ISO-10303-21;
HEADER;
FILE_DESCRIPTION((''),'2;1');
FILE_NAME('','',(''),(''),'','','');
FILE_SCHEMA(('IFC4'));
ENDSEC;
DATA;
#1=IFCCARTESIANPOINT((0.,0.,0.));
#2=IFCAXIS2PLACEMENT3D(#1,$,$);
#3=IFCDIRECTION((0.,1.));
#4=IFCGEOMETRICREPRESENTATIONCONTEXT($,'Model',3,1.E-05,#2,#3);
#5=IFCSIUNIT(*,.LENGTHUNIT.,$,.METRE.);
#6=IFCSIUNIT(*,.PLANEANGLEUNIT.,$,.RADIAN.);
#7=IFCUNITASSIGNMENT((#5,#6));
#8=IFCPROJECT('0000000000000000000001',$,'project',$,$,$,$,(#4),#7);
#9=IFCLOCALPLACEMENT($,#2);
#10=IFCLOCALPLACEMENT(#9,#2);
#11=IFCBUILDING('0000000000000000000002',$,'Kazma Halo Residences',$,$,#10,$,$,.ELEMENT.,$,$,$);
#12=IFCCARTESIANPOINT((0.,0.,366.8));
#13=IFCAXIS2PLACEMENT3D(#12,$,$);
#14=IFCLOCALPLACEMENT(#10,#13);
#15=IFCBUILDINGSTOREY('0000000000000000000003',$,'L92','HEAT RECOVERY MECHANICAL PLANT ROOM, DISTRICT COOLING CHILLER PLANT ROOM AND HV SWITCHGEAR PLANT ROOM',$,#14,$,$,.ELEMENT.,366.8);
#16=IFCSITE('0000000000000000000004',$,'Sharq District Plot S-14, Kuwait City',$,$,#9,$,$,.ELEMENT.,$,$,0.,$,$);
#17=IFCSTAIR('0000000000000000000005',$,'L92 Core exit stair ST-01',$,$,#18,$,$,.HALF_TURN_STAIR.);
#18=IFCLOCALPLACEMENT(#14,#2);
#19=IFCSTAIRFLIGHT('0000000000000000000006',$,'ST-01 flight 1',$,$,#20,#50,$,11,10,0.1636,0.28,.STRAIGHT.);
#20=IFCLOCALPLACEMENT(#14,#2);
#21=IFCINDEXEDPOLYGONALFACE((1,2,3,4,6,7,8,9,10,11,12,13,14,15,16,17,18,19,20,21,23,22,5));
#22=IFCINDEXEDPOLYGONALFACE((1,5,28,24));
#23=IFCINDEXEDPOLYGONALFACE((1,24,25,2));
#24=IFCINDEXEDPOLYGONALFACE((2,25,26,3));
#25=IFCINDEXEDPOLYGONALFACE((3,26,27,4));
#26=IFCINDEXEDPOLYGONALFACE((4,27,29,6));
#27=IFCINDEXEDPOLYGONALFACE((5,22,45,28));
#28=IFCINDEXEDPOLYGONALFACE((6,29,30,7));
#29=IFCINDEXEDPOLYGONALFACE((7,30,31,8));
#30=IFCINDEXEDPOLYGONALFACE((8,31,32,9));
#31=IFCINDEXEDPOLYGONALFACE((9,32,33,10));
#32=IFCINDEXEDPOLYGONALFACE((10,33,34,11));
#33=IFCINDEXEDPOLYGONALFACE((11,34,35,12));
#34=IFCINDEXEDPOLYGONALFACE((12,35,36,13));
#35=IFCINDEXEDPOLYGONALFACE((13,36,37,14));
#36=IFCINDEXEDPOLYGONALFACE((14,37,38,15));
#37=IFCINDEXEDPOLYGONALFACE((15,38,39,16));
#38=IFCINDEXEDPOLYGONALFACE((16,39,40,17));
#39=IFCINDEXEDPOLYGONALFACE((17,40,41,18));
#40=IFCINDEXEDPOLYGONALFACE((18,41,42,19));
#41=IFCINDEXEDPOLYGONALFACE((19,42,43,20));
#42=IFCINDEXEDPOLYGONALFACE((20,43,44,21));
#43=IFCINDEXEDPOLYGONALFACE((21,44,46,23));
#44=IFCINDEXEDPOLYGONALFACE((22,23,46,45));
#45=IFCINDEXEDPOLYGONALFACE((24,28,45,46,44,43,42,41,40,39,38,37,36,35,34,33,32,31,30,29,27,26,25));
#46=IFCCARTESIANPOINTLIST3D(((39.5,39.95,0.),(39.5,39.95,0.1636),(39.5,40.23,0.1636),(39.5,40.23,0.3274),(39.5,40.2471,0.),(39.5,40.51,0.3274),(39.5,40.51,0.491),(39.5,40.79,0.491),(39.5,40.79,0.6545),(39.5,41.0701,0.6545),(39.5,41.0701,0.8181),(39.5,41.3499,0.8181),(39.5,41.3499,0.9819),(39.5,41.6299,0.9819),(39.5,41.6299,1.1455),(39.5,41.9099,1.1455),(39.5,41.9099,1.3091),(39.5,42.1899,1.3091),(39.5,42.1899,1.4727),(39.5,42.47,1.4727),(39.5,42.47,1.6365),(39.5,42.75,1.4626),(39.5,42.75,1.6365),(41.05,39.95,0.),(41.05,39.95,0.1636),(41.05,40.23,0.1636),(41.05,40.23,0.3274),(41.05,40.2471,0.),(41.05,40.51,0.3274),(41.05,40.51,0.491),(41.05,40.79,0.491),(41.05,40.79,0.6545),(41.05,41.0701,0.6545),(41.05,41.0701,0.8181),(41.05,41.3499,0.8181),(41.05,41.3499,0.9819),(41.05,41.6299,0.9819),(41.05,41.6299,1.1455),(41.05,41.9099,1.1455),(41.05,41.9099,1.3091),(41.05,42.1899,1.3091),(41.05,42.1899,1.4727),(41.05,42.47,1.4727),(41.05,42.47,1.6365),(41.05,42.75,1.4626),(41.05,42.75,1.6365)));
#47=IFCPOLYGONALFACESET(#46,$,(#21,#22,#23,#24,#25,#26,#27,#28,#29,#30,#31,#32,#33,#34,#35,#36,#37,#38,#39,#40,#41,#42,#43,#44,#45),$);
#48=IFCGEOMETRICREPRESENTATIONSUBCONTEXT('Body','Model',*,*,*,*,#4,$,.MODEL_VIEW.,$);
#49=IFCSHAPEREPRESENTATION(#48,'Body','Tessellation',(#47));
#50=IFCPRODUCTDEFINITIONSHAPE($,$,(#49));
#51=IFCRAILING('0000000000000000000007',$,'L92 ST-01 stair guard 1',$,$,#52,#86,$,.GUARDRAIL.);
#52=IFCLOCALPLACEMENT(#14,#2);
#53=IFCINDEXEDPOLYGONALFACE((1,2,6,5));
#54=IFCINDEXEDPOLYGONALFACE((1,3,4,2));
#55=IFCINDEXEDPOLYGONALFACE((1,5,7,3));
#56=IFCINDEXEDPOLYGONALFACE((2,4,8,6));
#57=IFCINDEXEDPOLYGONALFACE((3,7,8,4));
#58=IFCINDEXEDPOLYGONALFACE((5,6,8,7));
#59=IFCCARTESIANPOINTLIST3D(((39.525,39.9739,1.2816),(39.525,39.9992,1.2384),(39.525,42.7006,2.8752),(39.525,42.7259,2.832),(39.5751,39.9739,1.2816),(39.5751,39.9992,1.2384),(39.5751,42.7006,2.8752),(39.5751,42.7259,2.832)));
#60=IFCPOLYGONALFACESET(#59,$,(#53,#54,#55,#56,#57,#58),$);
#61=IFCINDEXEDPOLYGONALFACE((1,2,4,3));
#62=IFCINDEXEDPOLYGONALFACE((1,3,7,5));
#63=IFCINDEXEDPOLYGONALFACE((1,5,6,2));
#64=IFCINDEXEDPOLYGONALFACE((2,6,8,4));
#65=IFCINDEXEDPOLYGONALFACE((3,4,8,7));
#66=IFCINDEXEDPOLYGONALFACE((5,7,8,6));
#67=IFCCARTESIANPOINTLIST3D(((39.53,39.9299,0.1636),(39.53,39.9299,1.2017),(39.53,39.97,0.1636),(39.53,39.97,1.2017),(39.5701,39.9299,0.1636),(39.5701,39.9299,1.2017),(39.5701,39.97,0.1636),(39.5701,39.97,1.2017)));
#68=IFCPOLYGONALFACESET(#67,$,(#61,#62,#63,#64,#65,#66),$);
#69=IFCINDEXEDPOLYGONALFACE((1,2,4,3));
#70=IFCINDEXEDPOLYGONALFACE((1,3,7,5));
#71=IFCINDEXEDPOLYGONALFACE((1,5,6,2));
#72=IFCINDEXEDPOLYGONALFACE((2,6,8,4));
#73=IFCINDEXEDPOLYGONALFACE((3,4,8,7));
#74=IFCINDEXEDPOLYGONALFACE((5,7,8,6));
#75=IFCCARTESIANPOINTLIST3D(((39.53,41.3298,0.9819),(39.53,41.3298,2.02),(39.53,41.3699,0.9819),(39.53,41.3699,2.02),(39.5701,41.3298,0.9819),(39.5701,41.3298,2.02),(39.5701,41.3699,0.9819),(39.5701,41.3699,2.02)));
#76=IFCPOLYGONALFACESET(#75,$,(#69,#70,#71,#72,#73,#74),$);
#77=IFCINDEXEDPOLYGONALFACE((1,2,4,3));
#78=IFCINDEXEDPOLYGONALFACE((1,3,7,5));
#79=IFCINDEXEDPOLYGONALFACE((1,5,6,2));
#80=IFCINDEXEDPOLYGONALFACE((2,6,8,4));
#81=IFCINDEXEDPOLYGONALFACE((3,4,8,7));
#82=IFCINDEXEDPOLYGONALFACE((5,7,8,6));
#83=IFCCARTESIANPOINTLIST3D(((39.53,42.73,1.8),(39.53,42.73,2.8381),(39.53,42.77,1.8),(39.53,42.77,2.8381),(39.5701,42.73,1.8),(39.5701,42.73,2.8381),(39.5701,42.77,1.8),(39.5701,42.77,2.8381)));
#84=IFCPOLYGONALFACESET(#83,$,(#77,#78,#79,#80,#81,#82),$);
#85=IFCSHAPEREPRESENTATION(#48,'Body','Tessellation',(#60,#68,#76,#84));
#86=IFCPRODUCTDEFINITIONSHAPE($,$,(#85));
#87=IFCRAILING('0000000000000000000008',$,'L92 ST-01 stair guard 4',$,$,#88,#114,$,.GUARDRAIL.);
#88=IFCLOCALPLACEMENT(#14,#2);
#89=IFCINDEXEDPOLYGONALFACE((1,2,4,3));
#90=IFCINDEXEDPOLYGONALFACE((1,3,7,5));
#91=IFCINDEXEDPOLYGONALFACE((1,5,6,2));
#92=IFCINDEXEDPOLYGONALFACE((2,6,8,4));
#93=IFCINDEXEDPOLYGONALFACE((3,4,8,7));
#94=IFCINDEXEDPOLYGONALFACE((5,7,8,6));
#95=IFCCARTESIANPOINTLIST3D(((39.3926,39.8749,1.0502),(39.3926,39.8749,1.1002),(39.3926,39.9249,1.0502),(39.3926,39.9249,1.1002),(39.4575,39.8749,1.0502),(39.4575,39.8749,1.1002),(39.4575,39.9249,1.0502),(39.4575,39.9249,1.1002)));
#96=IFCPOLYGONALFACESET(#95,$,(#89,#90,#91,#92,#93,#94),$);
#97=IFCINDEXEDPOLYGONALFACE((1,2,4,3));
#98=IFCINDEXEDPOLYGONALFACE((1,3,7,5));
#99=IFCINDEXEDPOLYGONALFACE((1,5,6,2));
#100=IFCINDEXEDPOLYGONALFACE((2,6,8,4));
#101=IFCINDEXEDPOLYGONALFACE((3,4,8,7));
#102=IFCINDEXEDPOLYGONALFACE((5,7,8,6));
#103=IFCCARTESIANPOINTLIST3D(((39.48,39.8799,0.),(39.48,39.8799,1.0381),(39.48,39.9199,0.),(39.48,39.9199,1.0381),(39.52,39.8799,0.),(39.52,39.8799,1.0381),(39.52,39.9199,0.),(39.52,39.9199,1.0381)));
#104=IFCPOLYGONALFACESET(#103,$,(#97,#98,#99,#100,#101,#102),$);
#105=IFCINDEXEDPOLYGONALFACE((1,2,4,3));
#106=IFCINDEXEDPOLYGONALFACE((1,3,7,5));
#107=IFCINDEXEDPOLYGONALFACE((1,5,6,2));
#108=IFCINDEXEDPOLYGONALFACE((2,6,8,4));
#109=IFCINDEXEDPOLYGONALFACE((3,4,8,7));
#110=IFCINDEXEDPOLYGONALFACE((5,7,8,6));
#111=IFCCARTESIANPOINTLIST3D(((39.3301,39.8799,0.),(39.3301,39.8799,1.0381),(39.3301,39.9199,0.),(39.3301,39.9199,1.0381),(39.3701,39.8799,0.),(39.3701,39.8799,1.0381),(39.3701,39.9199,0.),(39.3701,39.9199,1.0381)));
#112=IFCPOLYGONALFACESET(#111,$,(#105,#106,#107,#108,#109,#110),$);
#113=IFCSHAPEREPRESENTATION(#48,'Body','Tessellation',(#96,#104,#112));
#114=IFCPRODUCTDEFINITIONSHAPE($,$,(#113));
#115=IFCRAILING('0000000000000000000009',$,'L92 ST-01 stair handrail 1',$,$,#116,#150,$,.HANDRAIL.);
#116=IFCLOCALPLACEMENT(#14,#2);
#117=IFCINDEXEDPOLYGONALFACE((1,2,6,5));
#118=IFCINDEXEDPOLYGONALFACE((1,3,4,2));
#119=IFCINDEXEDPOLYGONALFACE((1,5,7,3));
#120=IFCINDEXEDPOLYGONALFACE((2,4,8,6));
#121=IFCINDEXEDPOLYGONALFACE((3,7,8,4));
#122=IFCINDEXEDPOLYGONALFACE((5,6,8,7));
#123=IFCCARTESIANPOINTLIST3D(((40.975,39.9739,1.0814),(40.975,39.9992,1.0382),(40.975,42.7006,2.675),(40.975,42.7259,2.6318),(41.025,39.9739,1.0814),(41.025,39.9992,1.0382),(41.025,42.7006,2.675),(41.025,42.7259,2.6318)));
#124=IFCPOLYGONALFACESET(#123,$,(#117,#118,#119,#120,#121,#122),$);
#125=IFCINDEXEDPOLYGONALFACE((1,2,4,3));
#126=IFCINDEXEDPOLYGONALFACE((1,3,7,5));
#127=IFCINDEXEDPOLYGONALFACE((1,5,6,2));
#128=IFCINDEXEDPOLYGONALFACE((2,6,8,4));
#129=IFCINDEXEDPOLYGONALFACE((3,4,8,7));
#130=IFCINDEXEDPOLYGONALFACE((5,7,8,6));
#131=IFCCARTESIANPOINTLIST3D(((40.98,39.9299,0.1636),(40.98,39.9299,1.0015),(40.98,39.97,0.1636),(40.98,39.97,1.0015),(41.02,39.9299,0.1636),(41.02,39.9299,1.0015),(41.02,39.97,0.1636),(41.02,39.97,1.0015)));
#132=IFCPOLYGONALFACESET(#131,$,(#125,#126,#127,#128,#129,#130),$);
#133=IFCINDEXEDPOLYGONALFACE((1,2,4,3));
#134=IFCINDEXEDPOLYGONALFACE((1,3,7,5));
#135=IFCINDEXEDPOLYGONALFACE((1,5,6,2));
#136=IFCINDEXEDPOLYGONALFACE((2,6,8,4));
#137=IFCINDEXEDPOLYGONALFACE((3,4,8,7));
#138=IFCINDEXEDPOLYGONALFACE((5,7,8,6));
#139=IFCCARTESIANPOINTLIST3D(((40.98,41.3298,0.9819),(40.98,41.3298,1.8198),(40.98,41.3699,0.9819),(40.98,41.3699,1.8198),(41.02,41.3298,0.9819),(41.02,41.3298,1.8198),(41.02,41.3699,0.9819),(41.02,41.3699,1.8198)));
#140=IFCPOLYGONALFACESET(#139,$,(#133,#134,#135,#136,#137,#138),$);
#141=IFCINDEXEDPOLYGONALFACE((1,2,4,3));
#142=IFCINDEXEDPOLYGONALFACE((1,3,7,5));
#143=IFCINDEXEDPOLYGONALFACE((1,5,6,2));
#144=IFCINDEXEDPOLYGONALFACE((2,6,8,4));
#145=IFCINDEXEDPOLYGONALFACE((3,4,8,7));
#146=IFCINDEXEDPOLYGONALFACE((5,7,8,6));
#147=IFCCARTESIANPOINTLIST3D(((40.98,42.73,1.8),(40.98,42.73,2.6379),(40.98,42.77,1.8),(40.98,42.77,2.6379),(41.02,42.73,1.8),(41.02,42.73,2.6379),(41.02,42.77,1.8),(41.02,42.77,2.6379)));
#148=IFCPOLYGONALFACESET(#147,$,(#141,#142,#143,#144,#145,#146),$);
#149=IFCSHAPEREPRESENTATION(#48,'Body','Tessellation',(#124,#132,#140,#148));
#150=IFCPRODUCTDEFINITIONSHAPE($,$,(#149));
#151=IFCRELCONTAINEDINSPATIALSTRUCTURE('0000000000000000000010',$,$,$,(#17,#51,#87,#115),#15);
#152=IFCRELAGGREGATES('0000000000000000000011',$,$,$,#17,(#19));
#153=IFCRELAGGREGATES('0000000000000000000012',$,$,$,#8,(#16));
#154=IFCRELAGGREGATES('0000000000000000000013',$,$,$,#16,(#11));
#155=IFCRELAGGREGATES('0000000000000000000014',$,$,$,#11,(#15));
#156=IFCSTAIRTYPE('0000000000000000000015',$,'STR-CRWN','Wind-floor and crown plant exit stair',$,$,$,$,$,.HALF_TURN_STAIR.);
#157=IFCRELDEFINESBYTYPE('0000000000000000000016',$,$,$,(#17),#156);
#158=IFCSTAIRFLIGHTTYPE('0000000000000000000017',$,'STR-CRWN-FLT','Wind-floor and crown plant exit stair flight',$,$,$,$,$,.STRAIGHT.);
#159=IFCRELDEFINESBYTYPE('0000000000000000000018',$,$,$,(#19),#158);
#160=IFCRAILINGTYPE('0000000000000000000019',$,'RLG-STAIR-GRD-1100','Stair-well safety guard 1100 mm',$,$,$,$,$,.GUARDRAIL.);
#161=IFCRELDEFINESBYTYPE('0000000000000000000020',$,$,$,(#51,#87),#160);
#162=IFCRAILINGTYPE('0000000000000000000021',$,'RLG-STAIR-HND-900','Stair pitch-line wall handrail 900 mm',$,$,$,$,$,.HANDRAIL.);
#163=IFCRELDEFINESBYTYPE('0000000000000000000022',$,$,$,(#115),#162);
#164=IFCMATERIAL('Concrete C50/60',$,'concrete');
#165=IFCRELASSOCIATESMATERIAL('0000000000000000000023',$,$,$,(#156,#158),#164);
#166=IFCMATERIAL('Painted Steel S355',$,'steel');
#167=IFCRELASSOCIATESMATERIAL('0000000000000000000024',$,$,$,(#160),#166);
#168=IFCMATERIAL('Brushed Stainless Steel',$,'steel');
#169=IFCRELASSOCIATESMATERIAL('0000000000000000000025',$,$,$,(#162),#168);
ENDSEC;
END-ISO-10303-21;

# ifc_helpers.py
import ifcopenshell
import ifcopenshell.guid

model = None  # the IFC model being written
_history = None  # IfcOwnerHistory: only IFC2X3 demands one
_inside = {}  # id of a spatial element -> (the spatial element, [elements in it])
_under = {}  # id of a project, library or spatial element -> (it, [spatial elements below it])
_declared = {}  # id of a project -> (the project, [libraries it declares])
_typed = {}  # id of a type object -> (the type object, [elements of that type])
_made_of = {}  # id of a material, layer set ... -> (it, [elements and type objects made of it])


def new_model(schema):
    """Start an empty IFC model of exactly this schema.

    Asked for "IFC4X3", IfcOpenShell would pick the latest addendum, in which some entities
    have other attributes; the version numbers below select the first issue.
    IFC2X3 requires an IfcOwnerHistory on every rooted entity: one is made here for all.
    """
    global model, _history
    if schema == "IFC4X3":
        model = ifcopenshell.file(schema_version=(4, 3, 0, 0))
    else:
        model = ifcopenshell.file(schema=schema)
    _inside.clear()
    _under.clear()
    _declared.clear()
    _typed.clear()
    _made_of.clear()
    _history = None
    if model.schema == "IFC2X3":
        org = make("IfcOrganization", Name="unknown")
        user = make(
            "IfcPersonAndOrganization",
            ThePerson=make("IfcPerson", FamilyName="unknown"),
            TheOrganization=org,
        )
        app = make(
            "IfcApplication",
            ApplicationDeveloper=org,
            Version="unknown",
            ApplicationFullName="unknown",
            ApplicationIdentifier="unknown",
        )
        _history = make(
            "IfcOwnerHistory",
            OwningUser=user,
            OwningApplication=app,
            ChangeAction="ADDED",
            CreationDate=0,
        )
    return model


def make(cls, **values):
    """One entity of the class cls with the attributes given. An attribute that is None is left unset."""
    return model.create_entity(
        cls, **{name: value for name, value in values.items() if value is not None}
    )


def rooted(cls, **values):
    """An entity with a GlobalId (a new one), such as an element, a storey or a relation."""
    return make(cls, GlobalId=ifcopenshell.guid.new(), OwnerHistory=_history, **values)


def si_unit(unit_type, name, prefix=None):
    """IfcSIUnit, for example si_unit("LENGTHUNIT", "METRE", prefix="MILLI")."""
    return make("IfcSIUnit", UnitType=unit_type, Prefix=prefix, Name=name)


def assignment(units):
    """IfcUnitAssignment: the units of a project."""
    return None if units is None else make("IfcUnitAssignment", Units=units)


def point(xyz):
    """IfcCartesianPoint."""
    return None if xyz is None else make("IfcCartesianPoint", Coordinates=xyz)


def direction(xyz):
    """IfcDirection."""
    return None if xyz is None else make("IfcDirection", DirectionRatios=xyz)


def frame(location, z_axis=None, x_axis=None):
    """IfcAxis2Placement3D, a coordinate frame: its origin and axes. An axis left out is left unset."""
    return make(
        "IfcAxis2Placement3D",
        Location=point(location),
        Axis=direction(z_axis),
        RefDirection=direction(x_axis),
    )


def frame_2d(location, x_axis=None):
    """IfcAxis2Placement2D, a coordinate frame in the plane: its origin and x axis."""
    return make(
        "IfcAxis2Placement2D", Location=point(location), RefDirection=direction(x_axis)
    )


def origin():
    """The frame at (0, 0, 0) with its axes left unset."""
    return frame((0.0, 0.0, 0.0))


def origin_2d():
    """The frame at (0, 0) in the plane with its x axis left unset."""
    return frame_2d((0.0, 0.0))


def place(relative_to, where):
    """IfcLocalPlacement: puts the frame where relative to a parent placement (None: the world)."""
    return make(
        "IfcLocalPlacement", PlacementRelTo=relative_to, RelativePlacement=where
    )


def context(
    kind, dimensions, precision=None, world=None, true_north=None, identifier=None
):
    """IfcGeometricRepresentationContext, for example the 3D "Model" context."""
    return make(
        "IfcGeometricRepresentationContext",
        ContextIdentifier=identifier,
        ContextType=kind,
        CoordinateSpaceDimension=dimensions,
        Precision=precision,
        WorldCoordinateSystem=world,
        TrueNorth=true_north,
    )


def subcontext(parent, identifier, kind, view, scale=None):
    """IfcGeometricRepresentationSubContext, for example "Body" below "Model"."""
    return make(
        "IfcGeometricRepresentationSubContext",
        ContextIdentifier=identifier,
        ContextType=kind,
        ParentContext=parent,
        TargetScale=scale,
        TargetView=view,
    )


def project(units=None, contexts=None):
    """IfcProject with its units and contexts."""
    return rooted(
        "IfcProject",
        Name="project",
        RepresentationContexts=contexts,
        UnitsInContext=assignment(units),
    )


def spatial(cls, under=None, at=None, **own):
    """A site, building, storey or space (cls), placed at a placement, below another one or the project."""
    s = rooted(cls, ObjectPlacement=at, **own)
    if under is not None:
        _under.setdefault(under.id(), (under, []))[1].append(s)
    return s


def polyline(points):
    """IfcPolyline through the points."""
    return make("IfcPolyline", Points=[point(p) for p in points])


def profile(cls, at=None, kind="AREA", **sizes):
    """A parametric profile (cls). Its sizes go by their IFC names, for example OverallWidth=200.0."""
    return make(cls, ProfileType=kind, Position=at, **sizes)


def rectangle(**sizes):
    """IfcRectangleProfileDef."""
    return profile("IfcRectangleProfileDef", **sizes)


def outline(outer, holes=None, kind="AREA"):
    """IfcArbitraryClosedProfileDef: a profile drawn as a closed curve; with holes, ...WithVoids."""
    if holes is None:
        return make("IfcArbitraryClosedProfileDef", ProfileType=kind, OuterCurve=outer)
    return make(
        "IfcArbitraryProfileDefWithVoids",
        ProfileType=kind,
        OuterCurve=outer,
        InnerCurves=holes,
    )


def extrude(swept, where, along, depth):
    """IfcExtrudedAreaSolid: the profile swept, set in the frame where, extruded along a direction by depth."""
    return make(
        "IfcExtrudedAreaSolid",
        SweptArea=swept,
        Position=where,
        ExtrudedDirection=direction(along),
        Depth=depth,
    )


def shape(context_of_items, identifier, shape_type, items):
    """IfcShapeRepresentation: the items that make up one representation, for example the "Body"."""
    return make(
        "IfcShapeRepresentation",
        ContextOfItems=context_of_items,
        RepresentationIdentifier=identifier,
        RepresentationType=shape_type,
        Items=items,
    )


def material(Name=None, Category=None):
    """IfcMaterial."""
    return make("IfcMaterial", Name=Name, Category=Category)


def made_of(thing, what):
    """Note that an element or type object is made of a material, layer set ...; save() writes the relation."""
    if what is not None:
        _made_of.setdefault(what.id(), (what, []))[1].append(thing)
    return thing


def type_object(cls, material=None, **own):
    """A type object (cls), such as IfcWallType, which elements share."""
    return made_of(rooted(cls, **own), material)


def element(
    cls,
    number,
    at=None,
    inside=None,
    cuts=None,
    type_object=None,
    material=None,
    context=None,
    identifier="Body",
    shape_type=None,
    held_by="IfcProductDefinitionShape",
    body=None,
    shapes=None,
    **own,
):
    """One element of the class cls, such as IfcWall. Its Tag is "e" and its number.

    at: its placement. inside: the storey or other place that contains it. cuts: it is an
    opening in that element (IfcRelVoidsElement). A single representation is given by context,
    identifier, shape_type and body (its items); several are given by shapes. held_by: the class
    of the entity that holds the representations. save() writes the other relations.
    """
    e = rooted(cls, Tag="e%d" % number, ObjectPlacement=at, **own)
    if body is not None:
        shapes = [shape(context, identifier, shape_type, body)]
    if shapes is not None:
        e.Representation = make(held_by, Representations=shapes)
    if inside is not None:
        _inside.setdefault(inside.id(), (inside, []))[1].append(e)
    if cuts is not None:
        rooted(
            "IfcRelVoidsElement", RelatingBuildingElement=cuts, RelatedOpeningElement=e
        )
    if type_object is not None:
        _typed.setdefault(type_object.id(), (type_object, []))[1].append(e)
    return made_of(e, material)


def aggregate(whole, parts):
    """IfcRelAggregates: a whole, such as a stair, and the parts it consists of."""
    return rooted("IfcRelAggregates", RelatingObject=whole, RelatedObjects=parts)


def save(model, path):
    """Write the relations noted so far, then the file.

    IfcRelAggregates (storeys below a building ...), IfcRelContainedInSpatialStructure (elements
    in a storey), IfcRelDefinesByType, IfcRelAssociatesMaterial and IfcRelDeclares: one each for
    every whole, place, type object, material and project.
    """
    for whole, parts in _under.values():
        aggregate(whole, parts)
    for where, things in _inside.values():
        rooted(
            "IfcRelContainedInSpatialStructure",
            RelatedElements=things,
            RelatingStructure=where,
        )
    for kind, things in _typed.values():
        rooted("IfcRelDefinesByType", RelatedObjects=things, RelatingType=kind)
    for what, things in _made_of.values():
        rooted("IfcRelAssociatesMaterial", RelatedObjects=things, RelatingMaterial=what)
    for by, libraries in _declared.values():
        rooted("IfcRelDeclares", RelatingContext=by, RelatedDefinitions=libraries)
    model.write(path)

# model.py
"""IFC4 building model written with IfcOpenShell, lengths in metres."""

from ifc_helpers import new_model, si_unit, direction, frame, origin, origin_2d, place, context, subcontext, project, spatial, polyline, rectangle, outline, extrude, material, type_object, element, aggregate, save


model = new_model("IFC4")

# Units and contexts
model_context = context("Model", 3, precision=1e-05, world=origin(), true_north=direction((0.0, 1.0)))
body_context = subcontext(model_context, "Body", "Model", "MODEL_VIEW")
ifc_project = project(units=[si_unit("LENGTHUNIT", "METRE"), si_unit("PLANEANGLEUNIT", "RADIAN")], contexts=[model_context])

# Site, building, storey
site_placement = place(None, origin())
site = spatial("IfcSite", under=ifc_project, at=site_placement, Name="Sharq District Plot S-14, Kuwait City", CompositionType="ELEMENT", RefElevation=0.0)
building_placement = place(site_placement, origin())
building = spatial("IfcBuilding", under=site, at=building_placement, Name="Kazma Halo Residences", CompositionType="ELEMENT")
storey_placement = place(building_placement, frame((0.0, 0.0, 366.8)))
storey = spatial("IfcBuildingStorey", under=building, at=storey_placement, Name="L92", Description="HEAT RECOVERY MECHANICAL PLANT ROOM, DISTRICT COOLING CHILLER PLANT ROOM AND HV SWITCHGEAR PLANT ROOM", CompositionType="ELEMENT", Elevation=366.8)

# Shared definitions
ifc_material_1 = material(Name="Concrete C50/60", Category="concrete")

# Stair, stair flight
stair_type = type_object("IfcStairType", Name="STR-CRWN", Description="Wind-floor and crown plant exit stair", PredefinedType="HALF_TURN_STAIR", material=ifc_material_1)
stair_placement = place(storey_placement, origin())
stair = element("IfcStair", 1, at=stair_placement, inside=storey, type_object=stair_type, Name="L92 Core exit stair ST-01", PredefinedType="HALF_TURN_STAIR")
stair_flight_type = type_object("IfcStairFlightType", Name="STR-CRWN-FLT", Description="Wind-floor and crown plant exit stair flight", PredefinedType="STRAIGHT", material=ifc_material_1)
stair_flight_placement = place(storey_placement, frame((40.2749, 39.95, 0.0), z_axis=(0.0, 0.0, 1.0), x_axis=(0.0, 1.0, 0.0)))
stair_flight = element("IfcStairFlight", 2, at=stair_flight_placement, type_object=stair_flight_type, Name="ST-01 flight 1", NumberOfRisers=11, NumberOfTreads=10, PredefinedType="STRAIGHT", RiserHeight=0.1636, TreadLength=0.28, context=body_context, shape_type="SweptSolid", body=[
    extrude(outline(polyline([(0.0, 0.0), (0.0, 0.1636), (0.28, 0.1636), (0.28, 0.3274), (0.5601, 0.3274), (0.5601, 0.491), (0.8401, 0.491), (0.8401, 0.6545), (1.1201, 0.6545), (1.1201, 0.8181), (1.3999, 0.8181), (1.3999, 0.9819), (1.6799, 0.9819), (1.6799, 1.1455), (1.96, 1.1455), (1.96, 1.3091), (2.24, 1.3091), (2.24, 1.4727), (2.52, 1.4727), (2.52, 1.6365), (2.8, 1.6365), (2.8, 1.8), (2.8, 1.4626), (0.2971, 0.0), (0.0, 0.0)])), frame((0.0, 0.7749, 0.0), z_axis=(0.0, -1.0, 0.0), x_axis=(1.0, 0.0, 0.0)), (0.0, 0.0, 1.0), 1.55),
])
aggregate(stair, [stair_flight])

# Railings
ifc_material_2 = material(Name="Painted Steel S355", Category="steel")
railing_type_1 = type_object("IfcRailingType", Name="RLG-STAIR-GRD-1100", Description="Stair-well safety guard 1100 mm", PredefinedType="GUARDRAIL", material=ifc_material_2)
railing_1_placement = place(storey_placement, frame((39.55, 39.95, 0.1636)))
element("IfcRailing", 3, at=railing_1_placement, inside=storey, type_object=railing_type_1, Name="L92 ST-01 stair guard 1", PredefinedType="GUARDRAIL", context=body_context, shape_type="SweptSolid", body=[
    extrude(rectangle(XDim=0.05, YDim=0.05, at=origin_2d()), frame((0.0, 0.0366, 1.0964), z_axis=(0.0, 0.863361, 0.504587), x_axis=(-1.0, 0.0, 0.0)), (0.0, 0.0, 1.0), 3.1582),
    extrude(rectangle(XDim=0.04, YDim=0.04, at=origin_2d()), origin(), (0.0, 0.0, 1.0), 1.0381),
    extrude(rectangle(XDim=0.04, YDim=0.04, at=origin_2d()), frame((0.0, 1.3999, 0.8184)), (0.0, 0.0, 1.0), 1.0381),
    extrude(rectangle(XDim=0.04, YDim=0.04, at=origin_2d()), frame((0.0, 2.8, 1.6365)), (0.0, 0.0, 1.0), 1.0381),
])
railing_2_placement = place(storey_placement, frame((39.5, 39.8999, 0.0)))
element("IfcRailing", 4, at=railing_2_placement, inside=storey, type_object=railing_type_1, Name="L92 ST-01 stair guard 4", PredefinedType="GUARDRAIL", context=body_context, shape_type="SweptSolid", body=[
    extrude(rectangle(XDim=0.05, YDim=0.05, at=origin_2d()), frame((-0.0425, 0.0, 1.0752), z_axis=(-1.0, 0.0, 0.0), x_axis=(0.0, -1.0, 0.0)), (0.0, 0.0, 1.0), 0.0649),
    extrude(rectangle(XDim=0.04, YDim=0.04, at=origin_2d()), origin(), (0.0, 0.0, 1.0), 1.0381),
    extrude(rectangle(XDim=0.04, YDim=0.04, at=origin_2d()), frame((-0.1499, 0.0, 0.0)), (0.0, 0.0, 1.0), 1.0381),
])
ifc_material_3 = material(Name="Brushed Stainless Steel", Category="steel")
railing_type_2 = type_object("IfcRailingType", Name="RLG-STAIR-HND-900", Description="Stair pitch-line wall handrail 900 mm", PredefinedType="HANDRAIL", material=ifc_material_3)
railing_3_placement = place(storey_placement, frame((41.0, 39.95, 0.1636)))
element("IfcRailing", 5, at=railing_3_placement, inside=storey, type_object=railing_type_2, Name="L92 ST-01 stair handrail 1", PredefinedType="HANDRAIL", context=body_context, shape_type="SweptSolid", body=[
    extrude(rectangle(XDim=0.05, YDim=0.05, at=origin_2d()), frame((0.0, 0.0366, 0.8962), z_axis=(0.0, 0.863361, 0.504587), x_axis=(-1.0, 0.0, 0.0)), (0.0, 0.0, 1.0), 3.1582),
    extrude(rectangle(XDim=0.04, YDim=0.04, at=origin_2d()), origin(), (0.0, 0.0, 1.0), 0.8379),
    extrude(rectangle(XDim=0.04, YDim=0.04, at=origin_2d()), frame((0.0, 1.3999, 0.8184)), (0.0, 0.0, 1.0), 0.8379),
    extrude(rectangle(XDim=0.04, YDim=0.04, at=origin_2d()), frame((0.0, 2.8, 1.6365)), (0.0, 0.0, 1.0), 0.8379),
])

save(model, "model.ifc")
